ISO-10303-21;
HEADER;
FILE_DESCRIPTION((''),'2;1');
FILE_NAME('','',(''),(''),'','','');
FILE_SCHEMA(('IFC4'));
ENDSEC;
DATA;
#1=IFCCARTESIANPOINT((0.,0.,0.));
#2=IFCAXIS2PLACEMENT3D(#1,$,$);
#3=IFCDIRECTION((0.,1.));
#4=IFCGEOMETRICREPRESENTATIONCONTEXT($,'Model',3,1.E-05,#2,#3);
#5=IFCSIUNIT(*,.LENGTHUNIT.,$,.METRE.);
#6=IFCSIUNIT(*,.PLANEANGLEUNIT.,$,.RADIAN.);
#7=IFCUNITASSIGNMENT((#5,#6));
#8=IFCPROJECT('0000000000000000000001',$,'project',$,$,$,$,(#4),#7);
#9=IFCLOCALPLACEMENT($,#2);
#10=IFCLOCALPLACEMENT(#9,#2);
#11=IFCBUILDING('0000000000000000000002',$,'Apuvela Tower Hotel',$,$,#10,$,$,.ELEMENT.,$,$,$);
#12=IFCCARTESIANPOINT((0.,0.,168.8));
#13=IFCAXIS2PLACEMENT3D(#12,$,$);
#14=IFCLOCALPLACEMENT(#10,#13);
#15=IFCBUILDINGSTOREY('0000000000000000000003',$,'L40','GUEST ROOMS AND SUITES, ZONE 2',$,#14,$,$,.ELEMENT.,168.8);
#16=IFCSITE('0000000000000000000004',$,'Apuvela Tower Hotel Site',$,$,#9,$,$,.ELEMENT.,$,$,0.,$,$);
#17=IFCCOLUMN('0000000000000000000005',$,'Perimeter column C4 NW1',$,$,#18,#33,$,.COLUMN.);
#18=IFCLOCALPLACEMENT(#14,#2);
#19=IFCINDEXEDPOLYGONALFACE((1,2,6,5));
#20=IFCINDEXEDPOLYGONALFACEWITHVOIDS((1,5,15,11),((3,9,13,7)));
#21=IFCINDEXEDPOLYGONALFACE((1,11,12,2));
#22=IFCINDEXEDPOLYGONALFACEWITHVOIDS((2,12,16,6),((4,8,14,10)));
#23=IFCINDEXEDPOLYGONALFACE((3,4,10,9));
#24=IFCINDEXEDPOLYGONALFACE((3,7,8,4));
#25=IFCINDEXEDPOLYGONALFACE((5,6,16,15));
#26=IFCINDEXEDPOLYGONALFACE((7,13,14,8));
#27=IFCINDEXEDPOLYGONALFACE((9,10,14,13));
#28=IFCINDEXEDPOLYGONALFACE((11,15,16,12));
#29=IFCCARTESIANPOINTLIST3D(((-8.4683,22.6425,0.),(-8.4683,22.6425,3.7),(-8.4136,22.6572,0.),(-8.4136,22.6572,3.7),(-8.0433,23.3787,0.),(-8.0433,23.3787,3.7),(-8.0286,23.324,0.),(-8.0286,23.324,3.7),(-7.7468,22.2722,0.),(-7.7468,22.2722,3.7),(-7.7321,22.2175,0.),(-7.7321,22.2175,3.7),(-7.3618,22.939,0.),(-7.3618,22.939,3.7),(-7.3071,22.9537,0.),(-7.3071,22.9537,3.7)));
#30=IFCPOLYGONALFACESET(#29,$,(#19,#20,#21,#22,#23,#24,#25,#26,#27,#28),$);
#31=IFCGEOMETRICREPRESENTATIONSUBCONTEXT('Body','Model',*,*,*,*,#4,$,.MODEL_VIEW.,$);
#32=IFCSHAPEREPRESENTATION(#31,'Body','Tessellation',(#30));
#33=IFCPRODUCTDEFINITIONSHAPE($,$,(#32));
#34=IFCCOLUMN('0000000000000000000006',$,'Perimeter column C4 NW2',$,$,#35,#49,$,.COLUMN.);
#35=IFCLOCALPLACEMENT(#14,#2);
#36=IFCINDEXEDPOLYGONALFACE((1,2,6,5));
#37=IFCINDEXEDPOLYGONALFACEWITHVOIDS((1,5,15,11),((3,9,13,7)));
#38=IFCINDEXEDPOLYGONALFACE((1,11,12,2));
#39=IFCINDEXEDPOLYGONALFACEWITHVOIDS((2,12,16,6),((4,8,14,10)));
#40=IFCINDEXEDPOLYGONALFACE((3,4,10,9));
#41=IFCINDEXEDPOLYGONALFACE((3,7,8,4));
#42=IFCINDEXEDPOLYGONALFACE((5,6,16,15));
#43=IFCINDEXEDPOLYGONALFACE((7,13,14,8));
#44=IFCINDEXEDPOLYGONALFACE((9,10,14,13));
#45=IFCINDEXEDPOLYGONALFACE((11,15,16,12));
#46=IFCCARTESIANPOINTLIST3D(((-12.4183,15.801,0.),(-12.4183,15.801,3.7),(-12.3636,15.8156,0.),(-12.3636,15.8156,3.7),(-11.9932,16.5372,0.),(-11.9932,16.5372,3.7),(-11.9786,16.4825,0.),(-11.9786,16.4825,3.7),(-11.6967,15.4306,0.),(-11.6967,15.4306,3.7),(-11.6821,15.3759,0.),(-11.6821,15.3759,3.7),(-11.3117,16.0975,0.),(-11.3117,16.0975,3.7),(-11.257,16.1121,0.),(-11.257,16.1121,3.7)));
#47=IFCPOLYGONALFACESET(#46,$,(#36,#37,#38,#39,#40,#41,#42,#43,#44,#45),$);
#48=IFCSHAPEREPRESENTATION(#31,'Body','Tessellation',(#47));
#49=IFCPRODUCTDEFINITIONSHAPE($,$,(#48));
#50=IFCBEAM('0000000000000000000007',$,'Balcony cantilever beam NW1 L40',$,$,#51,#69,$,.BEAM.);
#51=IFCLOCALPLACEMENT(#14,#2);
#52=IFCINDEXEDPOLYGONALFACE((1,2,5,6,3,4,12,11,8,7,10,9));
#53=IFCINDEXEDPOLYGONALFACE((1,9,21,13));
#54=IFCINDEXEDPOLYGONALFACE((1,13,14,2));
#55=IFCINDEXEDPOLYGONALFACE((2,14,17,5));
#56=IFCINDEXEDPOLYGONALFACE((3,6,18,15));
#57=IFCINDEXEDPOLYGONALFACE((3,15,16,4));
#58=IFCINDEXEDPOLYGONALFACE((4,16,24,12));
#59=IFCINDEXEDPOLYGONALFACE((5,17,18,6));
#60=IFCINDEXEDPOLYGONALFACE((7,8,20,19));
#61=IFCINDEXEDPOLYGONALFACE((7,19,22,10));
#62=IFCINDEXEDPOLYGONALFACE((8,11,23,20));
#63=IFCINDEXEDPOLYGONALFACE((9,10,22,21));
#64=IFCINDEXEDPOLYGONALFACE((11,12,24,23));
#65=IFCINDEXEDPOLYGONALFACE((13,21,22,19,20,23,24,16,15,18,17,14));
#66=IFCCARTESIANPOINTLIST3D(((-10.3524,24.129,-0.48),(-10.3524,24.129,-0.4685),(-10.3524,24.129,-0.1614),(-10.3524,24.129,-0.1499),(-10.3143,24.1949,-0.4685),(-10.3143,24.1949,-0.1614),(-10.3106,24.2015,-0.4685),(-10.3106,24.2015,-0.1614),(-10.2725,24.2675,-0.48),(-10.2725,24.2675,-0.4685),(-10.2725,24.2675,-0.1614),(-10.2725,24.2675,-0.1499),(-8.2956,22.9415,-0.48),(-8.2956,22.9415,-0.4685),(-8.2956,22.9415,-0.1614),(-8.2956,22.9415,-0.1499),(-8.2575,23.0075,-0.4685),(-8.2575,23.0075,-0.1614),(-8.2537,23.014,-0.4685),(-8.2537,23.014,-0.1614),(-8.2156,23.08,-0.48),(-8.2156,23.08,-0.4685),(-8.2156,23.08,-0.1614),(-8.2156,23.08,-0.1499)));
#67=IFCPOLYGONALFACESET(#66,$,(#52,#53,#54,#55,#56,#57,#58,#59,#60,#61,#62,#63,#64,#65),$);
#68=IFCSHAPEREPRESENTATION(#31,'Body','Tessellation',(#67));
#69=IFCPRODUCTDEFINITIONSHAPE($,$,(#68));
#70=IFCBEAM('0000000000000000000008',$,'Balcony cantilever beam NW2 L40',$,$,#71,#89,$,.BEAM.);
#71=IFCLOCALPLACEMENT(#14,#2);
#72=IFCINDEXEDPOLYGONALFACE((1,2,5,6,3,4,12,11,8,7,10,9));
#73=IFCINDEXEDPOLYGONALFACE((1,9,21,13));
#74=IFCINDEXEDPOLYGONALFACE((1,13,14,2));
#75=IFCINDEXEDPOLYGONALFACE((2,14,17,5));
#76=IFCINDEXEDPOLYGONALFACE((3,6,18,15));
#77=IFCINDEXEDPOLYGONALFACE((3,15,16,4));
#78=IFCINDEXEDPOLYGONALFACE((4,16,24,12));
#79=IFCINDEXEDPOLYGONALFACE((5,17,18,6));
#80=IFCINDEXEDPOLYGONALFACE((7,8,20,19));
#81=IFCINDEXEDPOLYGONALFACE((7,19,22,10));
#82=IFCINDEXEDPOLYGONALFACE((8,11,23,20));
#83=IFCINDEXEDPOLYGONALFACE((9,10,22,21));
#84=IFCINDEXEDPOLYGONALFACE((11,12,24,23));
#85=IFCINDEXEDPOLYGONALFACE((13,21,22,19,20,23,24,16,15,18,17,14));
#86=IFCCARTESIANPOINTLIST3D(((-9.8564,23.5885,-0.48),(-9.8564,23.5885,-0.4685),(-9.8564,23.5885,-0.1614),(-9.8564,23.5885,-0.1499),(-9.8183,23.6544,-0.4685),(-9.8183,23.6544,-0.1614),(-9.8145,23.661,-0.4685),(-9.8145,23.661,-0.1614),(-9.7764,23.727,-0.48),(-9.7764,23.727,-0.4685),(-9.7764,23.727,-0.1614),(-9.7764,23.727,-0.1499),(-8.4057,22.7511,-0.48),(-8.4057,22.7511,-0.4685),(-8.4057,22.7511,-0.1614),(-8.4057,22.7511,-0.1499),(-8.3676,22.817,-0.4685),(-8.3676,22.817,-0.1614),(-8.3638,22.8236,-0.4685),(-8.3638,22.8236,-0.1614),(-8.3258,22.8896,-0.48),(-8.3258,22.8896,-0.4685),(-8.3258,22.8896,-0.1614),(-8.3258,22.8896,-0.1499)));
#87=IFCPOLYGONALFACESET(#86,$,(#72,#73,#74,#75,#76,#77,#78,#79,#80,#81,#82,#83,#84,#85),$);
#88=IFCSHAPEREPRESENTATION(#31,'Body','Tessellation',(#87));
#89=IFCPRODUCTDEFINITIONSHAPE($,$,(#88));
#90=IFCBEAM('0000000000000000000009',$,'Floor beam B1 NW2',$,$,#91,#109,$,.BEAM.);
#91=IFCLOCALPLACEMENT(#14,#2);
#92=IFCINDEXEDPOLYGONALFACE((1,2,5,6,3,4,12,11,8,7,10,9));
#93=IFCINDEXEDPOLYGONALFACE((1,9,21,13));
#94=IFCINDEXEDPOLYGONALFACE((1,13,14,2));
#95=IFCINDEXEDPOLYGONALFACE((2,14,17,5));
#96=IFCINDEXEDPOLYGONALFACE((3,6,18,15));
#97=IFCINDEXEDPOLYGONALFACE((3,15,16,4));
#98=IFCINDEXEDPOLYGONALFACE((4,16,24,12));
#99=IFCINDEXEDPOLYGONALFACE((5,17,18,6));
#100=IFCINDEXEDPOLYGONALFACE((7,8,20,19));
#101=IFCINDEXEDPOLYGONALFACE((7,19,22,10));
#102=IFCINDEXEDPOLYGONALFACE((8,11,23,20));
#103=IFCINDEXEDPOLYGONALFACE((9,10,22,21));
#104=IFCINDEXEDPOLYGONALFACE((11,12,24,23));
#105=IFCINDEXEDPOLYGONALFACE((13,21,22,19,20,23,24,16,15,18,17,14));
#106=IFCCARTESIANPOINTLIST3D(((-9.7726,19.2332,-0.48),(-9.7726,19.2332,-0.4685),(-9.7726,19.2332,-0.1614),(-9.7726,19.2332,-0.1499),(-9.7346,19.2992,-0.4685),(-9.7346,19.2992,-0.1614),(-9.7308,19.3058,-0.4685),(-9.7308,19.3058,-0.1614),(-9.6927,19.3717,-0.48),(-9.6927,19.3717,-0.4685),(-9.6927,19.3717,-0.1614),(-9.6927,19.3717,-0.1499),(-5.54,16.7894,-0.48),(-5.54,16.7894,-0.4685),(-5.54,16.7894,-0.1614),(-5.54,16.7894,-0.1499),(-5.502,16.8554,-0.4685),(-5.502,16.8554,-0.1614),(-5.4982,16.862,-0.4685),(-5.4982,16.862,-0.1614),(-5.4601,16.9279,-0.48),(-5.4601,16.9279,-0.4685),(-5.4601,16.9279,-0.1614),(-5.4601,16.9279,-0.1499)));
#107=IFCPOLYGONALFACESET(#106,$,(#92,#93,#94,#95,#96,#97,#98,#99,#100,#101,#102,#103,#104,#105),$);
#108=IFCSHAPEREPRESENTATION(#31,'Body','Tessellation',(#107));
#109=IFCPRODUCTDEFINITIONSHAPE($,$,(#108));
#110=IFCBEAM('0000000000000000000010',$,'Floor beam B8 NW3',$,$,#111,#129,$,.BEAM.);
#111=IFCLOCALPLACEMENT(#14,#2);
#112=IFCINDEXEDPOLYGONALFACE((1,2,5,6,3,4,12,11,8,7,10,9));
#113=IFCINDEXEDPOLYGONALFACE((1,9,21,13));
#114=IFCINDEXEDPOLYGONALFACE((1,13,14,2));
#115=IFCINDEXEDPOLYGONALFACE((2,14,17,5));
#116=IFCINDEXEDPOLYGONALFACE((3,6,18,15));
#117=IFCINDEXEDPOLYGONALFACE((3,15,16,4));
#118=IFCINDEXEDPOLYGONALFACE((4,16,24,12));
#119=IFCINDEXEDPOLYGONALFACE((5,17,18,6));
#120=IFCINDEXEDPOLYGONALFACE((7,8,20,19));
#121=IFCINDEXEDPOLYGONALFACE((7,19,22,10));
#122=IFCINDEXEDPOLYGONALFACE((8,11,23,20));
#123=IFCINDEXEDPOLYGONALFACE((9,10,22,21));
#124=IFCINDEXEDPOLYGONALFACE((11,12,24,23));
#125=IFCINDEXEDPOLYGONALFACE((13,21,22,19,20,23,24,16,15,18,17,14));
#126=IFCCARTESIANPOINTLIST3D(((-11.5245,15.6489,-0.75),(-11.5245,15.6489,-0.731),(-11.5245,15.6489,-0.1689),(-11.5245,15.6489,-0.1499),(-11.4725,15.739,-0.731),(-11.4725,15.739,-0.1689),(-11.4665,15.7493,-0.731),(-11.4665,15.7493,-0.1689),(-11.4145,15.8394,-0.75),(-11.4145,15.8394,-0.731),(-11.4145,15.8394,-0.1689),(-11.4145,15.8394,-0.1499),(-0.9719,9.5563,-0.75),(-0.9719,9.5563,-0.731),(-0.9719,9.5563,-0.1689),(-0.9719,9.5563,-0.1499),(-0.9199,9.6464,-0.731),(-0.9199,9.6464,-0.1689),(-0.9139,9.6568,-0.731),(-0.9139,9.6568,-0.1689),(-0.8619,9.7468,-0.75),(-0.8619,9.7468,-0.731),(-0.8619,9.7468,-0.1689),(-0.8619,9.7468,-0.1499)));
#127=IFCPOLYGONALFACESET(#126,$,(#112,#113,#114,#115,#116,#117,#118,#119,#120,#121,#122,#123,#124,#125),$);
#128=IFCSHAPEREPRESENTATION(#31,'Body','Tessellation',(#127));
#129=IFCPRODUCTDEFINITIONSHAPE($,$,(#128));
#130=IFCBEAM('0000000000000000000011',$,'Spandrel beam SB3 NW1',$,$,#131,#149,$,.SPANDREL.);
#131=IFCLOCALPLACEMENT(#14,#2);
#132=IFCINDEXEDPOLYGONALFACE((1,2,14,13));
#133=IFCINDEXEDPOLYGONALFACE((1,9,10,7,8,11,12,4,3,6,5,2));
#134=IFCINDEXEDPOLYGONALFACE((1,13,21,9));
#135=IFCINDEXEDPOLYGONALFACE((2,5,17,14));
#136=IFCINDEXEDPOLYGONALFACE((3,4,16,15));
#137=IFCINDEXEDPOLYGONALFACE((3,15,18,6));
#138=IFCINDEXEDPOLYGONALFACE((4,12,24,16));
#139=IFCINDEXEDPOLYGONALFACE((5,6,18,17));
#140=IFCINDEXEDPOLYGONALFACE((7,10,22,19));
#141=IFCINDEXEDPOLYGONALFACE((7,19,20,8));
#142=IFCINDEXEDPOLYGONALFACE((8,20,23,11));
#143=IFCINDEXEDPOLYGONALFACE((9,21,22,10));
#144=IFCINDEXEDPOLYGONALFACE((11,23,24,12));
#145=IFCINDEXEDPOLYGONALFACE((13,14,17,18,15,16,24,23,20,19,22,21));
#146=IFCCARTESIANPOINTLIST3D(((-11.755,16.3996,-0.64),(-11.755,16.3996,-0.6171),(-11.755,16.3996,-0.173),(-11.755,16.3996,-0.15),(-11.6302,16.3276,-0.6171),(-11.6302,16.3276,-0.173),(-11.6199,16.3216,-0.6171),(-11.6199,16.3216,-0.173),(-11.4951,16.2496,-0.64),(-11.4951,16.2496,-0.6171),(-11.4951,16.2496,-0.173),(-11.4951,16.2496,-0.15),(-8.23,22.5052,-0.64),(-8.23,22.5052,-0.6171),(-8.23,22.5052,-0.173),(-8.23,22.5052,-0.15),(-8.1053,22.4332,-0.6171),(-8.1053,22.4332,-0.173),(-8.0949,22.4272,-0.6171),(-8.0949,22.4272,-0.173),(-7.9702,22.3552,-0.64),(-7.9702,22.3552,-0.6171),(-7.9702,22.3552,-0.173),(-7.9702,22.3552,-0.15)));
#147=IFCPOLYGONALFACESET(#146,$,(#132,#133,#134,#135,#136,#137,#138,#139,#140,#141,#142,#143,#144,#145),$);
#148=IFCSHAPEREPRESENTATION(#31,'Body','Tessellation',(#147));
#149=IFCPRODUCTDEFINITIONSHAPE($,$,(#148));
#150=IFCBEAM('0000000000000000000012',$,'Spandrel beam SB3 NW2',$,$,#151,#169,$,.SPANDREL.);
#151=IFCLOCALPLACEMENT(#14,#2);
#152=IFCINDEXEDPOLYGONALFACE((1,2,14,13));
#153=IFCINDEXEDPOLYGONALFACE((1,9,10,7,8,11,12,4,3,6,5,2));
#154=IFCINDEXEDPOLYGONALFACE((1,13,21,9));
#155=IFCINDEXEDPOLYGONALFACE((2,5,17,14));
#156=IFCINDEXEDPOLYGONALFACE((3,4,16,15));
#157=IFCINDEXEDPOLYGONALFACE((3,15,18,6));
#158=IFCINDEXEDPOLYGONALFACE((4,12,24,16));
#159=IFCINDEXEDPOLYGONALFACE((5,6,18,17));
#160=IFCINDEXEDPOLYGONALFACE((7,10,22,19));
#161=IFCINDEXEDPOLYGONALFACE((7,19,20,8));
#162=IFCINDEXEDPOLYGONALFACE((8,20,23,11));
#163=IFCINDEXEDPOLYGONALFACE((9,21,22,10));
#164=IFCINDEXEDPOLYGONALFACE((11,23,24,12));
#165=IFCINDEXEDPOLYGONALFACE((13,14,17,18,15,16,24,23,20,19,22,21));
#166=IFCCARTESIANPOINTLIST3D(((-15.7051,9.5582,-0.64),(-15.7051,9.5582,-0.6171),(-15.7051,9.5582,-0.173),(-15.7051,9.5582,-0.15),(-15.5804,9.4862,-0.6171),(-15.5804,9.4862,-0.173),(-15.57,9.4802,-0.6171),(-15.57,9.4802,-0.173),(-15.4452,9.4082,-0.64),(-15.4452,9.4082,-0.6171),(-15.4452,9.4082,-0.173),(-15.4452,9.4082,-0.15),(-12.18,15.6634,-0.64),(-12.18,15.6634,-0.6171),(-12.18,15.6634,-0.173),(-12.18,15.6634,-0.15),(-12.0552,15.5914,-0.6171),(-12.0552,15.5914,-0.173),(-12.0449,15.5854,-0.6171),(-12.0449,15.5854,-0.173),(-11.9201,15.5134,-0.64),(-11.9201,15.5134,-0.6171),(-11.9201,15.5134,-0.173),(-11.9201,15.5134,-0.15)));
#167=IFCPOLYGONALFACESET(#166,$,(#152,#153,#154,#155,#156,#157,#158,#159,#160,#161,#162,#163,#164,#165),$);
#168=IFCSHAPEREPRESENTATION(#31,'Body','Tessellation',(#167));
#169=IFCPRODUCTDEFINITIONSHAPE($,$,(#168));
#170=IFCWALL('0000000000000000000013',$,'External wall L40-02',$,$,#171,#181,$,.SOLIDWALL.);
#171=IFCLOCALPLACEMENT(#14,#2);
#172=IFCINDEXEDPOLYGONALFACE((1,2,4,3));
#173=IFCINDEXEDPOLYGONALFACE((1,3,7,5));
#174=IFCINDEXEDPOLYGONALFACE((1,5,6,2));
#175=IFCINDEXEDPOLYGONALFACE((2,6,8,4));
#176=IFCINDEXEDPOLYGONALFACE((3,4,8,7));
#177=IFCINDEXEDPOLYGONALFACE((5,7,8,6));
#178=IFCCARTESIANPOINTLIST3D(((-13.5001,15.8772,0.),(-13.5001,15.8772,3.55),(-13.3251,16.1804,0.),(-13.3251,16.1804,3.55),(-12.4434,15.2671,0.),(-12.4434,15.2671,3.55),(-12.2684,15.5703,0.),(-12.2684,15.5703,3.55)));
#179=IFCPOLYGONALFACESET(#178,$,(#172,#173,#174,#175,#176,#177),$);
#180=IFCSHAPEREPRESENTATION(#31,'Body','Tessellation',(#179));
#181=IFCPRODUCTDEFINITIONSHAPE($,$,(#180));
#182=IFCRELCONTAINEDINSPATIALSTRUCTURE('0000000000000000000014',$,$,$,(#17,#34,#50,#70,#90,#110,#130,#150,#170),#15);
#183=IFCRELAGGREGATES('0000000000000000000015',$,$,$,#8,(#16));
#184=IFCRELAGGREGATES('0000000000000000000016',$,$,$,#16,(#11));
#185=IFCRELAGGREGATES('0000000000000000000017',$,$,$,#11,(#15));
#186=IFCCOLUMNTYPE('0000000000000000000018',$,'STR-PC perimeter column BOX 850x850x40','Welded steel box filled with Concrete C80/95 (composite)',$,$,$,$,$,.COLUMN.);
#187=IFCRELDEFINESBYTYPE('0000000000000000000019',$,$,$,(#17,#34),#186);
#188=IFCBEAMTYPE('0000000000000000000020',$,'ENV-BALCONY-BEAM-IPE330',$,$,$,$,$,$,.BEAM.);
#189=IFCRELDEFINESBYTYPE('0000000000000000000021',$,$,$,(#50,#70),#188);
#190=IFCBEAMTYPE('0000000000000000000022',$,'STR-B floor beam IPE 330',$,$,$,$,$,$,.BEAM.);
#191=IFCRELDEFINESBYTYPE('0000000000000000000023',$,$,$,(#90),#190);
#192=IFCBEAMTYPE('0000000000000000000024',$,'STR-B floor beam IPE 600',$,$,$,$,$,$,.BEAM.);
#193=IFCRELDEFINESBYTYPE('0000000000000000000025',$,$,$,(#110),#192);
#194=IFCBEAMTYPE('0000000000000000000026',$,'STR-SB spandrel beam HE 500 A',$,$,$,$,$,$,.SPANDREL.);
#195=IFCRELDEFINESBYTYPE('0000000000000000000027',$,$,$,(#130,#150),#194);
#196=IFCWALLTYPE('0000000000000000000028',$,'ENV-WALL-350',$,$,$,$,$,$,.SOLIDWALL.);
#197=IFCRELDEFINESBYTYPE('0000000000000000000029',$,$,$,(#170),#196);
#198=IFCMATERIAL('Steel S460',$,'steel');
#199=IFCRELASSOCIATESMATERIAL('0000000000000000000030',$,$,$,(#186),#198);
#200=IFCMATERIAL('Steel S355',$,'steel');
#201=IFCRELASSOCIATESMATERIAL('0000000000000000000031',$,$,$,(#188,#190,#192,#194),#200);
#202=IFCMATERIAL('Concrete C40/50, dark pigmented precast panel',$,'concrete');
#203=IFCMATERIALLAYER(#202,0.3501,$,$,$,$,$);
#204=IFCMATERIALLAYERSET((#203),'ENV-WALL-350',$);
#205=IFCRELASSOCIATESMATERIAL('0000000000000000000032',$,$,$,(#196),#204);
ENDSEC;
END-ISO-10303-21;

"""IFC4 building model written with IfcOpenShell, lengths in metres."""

from ifc_helpers import new_model, si_unit, direction, frame, frame_2d, origin, origin_2d, place, context, subcontext, project, spatial, rectangle, hollow_rectangle, i_section, extrude, material, layer, layer_set, material_profile, profile_set, type_object, element, save


model = new_model("IFC4")

# Units and contexts
model_context = context("Model", 3, precision=1e-05, world=origin(), true_north=direction((0.0, 1.0)))
body_context = subcontext(model_context, "Body", "Model", "MODEL_VIEW")
ifc_project = project(units=[si_unit("LENGTHUNIT", "METRE"), si_unit("PLANEANGLEUNIT", "RADIAN")], contexts=[model_context])

# Site, building, storey
site_placement = place(None, origin())
site = spatial("IfcSite", under=ifc_project, at=site_placement, Name="Apuvela Tower Hotel Site", CompositionType="ELEMENT", RefElevation=0.0)
building_placement = place(site_placement, origin())
building = spatial("IfcBuilding", under=site, at=building_placement, Name="Apuvela Tower Hotel", CompositionType="ELEMENT")
storey_placement = place(building_placement, frame((0.0, 0.0, 168.8)))
storey = spatial("IfcBuildingStorey", under=building, at=storey_placement, Name="L40", Description="GUEST ROOMS AND SUITES, ZONE 2", CompositionType="ELEMENT", Elevation=168.8)

# Columns
ifc_material_1 = material(Name="Steel S460", Category="steel")
ifc_material_profile_1 = material_profile(ifc_material_1, hollow_rectangle(XDim=0.8501, YDim=0.8501, WallThickness=0.04, at=origin_2d()), Name="BOX 850x850x40")
ifc_material_2 = material(Name="Concrete C80/95", Category="concrete")
ifc_material_profile_2 = material_profile(ifc_material_2, rectangle(XDim=0.77, YDim=0.77, at=origin_2d()), Name="Concrete C80/95 infill")
ifc_profile_set_1 = profile_set([ifc_material_profile_1, ifc_material_profile_2], Name="Steel S460")
column_type = type_object("IfcColumnType", Name="STR-PC perimeter column BOX 850x850x40", Description="Welded steel box filled with Concrete C80/95 (composite)", PredefinedType="COLUMN", material=ifc_profile_set_1)
for number, where, z_axis, x_axis, name in (
    (1, (-7.8877, 22.7981, 0.0), (0.0, 0.0, 1.0), (0.5, 0.866025, 0.0), "Perimeter column C4 NW1"),
    (2, (-11.8376, 15.9565, 0.0), (0.0, 0.0, 1.0), (0.5, 0.866025, 0.0), "Perimeter column C4 NW2"),
):
    element("IfcColumn", number, at=place(storey_placement, frame(where, z_axis=z_axis, x_axis=x_axis)), inside=storey, type_object=column_type, Name=name, PredefinedType="COLUMN", context=body_context, shape_type="SweptSolid", body=[
        extrude(hollow_rectangle(XDim=0.8501, YDim=0.8501, WallThickness=0.04, at=origin_2d()), origin(), (0.0, 0.0, 1.0), 3.7),
    ])

# Beams
ifc_material_3 = material(Name="Steel S355", Category="steel")
ifc_material_profile_3 = material_profile(ifc_material_3, i_section(OverallWidth=0.1599, OverallDepth=0.3301, WebThickness=0.0076, FlangeThickness=0.0115, at=origin_2d()), Name="IPE 330")
ifc_profile_set_2 = profile_set([ifc_material_profile_3], Name="Steel S355")
beam_type_1 = type_object("IfcBeamType", Name="ENV-BALCONY-BEAM-IPE330", PredefinedType="BEAM", material=ifc_profile_set_2)
beam_1_placement = place(storey_placement, frame((-8.2556, 23.0107, -0.3149), z_axis=(-0.866033, 0.499986, 0.0), x_axis=(-0.499986, -0.866033, 0.0)))
element("IfcBeam", 3, at=beam_1_placement, inside=storey, type_object=beam_type_1, Name="Balcony cantilever beam NW1 L40", PredefinedType="BEAM", context=body_context, shape_type="SweptSolid", body=[
    extrude(i_section(OverallWidth=0.1599, OverallDepth=0.3301, WebThickness=0.0076, FlangeThickness=0.0115, at=origin_2d()), origin(), (0.0, 0.0, 1.0), 2.375),
])
beam_2_placement = place(storey_placement, frame((-8.3657, 22.8203, -0.3149), z_axis=(-0.866064, 0.499933, 0.0), x_axis=(-0.499933, -0.866064, 0.0)))
element("IfcBeam", 4, at=beam_2_placement, inside=storey, type_object=beam_type_1, Name="Balcony cantilever beam NW2 L40", PredefinedType="BEAM", context=body_context, shape_type="SweptSolid", body=[
    extrude(i_section(OverallWidth=0.1599, OverallDepth=0.3301, WebThickness=0.0076, FlangeThickness=0.0115, at=origin_2d()), origin(), (0.0, 0.0, 1.0), 1.675),
])
ifc_material_profile_4 = material_profile(ifc_material_3, i_section(OverallWidth=0.1599, OverallDepth=0.3301, WebThickness=0.0076, FlangeThickness=0.0115, at=origin_2d()), Name="IPE 330")
ifc_profile_set_3 = profile_set([ifc_material_profile_4], Name="Steel S355")
beam_type_2 = type_object("IfcBeamType", Name="STR-B floor beam IPE 330", PredefinedType="BEAM", material=ifc_profile_set_3)
beam_3_placement = place(storey_placement, frame((-9.7327, 19.3025, -0.3149), z_axis=(0.866015, -0.500018, 0.0), x_axis=(0.500018, 0.866015, 0.0)))
element("IfcBeam", 5, at=beam_3_placement, inside=storey, type_object=beam_type_2, Name="Floor beam B1 NW2", PredefinedType="BEAM", context=body_context, shape_type="SweptSolid", body=[
    extrude(i_section(OverallWidth=0.1599, OverallDepth=0.3301, WebThickness=0.0076, FlangeThickness=0.0115, at=origin_2d()), origin(), (0.0, 0.0, 1.0), 4.8875),
])
ifc_material_profile_5 = material_profile(ifc_material_3, i_section(OverallWidth=0.22, OverallDepth=0.6001, WebThickness=0.012, FlangeThickness=0.019, at=origin_2d()), Name="IPE 600")
ifc_profile_set_4 = profile_set([ifc_material_profile_5], Name="Steel S355")
beam_type_3 = type_object("IfcBeamType", Name="STR-B floor beam IPE 600", PredefinedType="BEAM", material=ifc_profile_set_4)
beam_4_placement = place(storey_placement, frame((-11.4695, 15.7441, -0.45), z_axis=(0.866024, -0.500003, 0.0), x_axis=(0.500003, 0.866024, 0.0)))
element("IfcBeam", 6, at=beam_4_placement, inside=storey, type_object=beam_type_3, Name="Floor beam B8 NW3", PredefinedType="BEAM", context=body_context, shape_type="SweptSolid", body=[
    extrude(i_section(OverallWidth=0.22, OverallDepth=0.6001, WebThickness=0.012, FlangeThickness=0.019, at=origin_2d()), origin(), (0.0, 0.0, 1.0), 12.1851),
])
ifc_material_profile_6 = material_profile(ifc_material_3, i_section(OverallWidth=0.3, OverallDepth=0.49, WebThickness=0.012, FlangeThickness=0.0229, at=origin_2d()), Name="HE 500 A")
ifc_profile_set_5 = profile_set([ifc_material_profile_6], Name="Steel S355")
beam_type_4 = type_object("IfcBeamType", Name="STR-SB spandrel beam HE 500 A", PredefinedType="SPANDREL", material=ifc_profile_set_5)
beam_5_placement = place(storey_placement, frame((-8.1001, 22.4302, -0.395), z_axis=(-0.49999, -0.866031, 0.0), x_axis=(0.866031, -0.49999, 0.0)))
element("IfcBeam", 7, at=beam_5_placement, inside=storey, type_object=beam_type_4, Name="Spandrel beam SB3 NW1", PredefinedType="SPANDREL", context=body_context, shape_type="SweptSolid", body=[
    extrude(i_section(OverallWidth=0.3, OverallDepth=0.49, WebThickness=0.012, FlangeThickness=0.0229, at=origin_2d()), origin(), (0.0, 0.0, 1.0), 7.05),
])
beam_6_placement = place(storey_placement, frame((-12.05, 15.5884, -0.395), z_axis=(-0.500031, -0.866007, 0.0), x_axis=(0.866007, -0.500031, 0.0)))
element("IfcBeam", 8, at=beam_6_placement, inside=storey, type_object=beam_type_4, Name="Spandrel beam SB3 NW2", PredefinedType="SPANDREL", context=body_context, shape_type="SweptSolid", body=[
    extrude(i_section(OverallWidth=0.3, OverallDepth=0.49, WebThickness=0.012, FlangeThickness=0.0229, at=origin_2d()), origin(), (0.0, 0.0, 1.0), 7.0498),
])

# Wall
ifc_material_4 = material(Name="Concrete C40/50, dark pigmented precast panel", Category="concrete")
ifc_layer_1 = layer(ifc_material_4, 0.3501)
ifc_layer_set_1 = layer_set([ifc_layer_1], Name="ENV-WALL-350")
wall_type_1 = type_object("IfcWallType", Name="ENV-WALL-350", PredefinedType="SOLIDWALL", material=ifc_layer_set_1)
wall_1_placement = place(storey_placement, frame((-13.4126, 16.0288, 0.0), z_axis=(0.0, 0.0, 1.0), x_axis=(0.866006, -0.500034, 0.0)))
element("IfcWall", 9, at=wall_1_placement, inside=storey, type_object=wall_type_1, Name="External wall L40-02", PredefinedType="SOLIDWALL", context=body_context, shape_type="SweptSolid", body=[
    extrude(rectangle(XDim=1.2202, YDim=0.3501, at=frame_2d((0.6101, 0.0))), origin(), (0.0, 0.0, 1.0), 3.55),
])

save(model, "model.ifc")
